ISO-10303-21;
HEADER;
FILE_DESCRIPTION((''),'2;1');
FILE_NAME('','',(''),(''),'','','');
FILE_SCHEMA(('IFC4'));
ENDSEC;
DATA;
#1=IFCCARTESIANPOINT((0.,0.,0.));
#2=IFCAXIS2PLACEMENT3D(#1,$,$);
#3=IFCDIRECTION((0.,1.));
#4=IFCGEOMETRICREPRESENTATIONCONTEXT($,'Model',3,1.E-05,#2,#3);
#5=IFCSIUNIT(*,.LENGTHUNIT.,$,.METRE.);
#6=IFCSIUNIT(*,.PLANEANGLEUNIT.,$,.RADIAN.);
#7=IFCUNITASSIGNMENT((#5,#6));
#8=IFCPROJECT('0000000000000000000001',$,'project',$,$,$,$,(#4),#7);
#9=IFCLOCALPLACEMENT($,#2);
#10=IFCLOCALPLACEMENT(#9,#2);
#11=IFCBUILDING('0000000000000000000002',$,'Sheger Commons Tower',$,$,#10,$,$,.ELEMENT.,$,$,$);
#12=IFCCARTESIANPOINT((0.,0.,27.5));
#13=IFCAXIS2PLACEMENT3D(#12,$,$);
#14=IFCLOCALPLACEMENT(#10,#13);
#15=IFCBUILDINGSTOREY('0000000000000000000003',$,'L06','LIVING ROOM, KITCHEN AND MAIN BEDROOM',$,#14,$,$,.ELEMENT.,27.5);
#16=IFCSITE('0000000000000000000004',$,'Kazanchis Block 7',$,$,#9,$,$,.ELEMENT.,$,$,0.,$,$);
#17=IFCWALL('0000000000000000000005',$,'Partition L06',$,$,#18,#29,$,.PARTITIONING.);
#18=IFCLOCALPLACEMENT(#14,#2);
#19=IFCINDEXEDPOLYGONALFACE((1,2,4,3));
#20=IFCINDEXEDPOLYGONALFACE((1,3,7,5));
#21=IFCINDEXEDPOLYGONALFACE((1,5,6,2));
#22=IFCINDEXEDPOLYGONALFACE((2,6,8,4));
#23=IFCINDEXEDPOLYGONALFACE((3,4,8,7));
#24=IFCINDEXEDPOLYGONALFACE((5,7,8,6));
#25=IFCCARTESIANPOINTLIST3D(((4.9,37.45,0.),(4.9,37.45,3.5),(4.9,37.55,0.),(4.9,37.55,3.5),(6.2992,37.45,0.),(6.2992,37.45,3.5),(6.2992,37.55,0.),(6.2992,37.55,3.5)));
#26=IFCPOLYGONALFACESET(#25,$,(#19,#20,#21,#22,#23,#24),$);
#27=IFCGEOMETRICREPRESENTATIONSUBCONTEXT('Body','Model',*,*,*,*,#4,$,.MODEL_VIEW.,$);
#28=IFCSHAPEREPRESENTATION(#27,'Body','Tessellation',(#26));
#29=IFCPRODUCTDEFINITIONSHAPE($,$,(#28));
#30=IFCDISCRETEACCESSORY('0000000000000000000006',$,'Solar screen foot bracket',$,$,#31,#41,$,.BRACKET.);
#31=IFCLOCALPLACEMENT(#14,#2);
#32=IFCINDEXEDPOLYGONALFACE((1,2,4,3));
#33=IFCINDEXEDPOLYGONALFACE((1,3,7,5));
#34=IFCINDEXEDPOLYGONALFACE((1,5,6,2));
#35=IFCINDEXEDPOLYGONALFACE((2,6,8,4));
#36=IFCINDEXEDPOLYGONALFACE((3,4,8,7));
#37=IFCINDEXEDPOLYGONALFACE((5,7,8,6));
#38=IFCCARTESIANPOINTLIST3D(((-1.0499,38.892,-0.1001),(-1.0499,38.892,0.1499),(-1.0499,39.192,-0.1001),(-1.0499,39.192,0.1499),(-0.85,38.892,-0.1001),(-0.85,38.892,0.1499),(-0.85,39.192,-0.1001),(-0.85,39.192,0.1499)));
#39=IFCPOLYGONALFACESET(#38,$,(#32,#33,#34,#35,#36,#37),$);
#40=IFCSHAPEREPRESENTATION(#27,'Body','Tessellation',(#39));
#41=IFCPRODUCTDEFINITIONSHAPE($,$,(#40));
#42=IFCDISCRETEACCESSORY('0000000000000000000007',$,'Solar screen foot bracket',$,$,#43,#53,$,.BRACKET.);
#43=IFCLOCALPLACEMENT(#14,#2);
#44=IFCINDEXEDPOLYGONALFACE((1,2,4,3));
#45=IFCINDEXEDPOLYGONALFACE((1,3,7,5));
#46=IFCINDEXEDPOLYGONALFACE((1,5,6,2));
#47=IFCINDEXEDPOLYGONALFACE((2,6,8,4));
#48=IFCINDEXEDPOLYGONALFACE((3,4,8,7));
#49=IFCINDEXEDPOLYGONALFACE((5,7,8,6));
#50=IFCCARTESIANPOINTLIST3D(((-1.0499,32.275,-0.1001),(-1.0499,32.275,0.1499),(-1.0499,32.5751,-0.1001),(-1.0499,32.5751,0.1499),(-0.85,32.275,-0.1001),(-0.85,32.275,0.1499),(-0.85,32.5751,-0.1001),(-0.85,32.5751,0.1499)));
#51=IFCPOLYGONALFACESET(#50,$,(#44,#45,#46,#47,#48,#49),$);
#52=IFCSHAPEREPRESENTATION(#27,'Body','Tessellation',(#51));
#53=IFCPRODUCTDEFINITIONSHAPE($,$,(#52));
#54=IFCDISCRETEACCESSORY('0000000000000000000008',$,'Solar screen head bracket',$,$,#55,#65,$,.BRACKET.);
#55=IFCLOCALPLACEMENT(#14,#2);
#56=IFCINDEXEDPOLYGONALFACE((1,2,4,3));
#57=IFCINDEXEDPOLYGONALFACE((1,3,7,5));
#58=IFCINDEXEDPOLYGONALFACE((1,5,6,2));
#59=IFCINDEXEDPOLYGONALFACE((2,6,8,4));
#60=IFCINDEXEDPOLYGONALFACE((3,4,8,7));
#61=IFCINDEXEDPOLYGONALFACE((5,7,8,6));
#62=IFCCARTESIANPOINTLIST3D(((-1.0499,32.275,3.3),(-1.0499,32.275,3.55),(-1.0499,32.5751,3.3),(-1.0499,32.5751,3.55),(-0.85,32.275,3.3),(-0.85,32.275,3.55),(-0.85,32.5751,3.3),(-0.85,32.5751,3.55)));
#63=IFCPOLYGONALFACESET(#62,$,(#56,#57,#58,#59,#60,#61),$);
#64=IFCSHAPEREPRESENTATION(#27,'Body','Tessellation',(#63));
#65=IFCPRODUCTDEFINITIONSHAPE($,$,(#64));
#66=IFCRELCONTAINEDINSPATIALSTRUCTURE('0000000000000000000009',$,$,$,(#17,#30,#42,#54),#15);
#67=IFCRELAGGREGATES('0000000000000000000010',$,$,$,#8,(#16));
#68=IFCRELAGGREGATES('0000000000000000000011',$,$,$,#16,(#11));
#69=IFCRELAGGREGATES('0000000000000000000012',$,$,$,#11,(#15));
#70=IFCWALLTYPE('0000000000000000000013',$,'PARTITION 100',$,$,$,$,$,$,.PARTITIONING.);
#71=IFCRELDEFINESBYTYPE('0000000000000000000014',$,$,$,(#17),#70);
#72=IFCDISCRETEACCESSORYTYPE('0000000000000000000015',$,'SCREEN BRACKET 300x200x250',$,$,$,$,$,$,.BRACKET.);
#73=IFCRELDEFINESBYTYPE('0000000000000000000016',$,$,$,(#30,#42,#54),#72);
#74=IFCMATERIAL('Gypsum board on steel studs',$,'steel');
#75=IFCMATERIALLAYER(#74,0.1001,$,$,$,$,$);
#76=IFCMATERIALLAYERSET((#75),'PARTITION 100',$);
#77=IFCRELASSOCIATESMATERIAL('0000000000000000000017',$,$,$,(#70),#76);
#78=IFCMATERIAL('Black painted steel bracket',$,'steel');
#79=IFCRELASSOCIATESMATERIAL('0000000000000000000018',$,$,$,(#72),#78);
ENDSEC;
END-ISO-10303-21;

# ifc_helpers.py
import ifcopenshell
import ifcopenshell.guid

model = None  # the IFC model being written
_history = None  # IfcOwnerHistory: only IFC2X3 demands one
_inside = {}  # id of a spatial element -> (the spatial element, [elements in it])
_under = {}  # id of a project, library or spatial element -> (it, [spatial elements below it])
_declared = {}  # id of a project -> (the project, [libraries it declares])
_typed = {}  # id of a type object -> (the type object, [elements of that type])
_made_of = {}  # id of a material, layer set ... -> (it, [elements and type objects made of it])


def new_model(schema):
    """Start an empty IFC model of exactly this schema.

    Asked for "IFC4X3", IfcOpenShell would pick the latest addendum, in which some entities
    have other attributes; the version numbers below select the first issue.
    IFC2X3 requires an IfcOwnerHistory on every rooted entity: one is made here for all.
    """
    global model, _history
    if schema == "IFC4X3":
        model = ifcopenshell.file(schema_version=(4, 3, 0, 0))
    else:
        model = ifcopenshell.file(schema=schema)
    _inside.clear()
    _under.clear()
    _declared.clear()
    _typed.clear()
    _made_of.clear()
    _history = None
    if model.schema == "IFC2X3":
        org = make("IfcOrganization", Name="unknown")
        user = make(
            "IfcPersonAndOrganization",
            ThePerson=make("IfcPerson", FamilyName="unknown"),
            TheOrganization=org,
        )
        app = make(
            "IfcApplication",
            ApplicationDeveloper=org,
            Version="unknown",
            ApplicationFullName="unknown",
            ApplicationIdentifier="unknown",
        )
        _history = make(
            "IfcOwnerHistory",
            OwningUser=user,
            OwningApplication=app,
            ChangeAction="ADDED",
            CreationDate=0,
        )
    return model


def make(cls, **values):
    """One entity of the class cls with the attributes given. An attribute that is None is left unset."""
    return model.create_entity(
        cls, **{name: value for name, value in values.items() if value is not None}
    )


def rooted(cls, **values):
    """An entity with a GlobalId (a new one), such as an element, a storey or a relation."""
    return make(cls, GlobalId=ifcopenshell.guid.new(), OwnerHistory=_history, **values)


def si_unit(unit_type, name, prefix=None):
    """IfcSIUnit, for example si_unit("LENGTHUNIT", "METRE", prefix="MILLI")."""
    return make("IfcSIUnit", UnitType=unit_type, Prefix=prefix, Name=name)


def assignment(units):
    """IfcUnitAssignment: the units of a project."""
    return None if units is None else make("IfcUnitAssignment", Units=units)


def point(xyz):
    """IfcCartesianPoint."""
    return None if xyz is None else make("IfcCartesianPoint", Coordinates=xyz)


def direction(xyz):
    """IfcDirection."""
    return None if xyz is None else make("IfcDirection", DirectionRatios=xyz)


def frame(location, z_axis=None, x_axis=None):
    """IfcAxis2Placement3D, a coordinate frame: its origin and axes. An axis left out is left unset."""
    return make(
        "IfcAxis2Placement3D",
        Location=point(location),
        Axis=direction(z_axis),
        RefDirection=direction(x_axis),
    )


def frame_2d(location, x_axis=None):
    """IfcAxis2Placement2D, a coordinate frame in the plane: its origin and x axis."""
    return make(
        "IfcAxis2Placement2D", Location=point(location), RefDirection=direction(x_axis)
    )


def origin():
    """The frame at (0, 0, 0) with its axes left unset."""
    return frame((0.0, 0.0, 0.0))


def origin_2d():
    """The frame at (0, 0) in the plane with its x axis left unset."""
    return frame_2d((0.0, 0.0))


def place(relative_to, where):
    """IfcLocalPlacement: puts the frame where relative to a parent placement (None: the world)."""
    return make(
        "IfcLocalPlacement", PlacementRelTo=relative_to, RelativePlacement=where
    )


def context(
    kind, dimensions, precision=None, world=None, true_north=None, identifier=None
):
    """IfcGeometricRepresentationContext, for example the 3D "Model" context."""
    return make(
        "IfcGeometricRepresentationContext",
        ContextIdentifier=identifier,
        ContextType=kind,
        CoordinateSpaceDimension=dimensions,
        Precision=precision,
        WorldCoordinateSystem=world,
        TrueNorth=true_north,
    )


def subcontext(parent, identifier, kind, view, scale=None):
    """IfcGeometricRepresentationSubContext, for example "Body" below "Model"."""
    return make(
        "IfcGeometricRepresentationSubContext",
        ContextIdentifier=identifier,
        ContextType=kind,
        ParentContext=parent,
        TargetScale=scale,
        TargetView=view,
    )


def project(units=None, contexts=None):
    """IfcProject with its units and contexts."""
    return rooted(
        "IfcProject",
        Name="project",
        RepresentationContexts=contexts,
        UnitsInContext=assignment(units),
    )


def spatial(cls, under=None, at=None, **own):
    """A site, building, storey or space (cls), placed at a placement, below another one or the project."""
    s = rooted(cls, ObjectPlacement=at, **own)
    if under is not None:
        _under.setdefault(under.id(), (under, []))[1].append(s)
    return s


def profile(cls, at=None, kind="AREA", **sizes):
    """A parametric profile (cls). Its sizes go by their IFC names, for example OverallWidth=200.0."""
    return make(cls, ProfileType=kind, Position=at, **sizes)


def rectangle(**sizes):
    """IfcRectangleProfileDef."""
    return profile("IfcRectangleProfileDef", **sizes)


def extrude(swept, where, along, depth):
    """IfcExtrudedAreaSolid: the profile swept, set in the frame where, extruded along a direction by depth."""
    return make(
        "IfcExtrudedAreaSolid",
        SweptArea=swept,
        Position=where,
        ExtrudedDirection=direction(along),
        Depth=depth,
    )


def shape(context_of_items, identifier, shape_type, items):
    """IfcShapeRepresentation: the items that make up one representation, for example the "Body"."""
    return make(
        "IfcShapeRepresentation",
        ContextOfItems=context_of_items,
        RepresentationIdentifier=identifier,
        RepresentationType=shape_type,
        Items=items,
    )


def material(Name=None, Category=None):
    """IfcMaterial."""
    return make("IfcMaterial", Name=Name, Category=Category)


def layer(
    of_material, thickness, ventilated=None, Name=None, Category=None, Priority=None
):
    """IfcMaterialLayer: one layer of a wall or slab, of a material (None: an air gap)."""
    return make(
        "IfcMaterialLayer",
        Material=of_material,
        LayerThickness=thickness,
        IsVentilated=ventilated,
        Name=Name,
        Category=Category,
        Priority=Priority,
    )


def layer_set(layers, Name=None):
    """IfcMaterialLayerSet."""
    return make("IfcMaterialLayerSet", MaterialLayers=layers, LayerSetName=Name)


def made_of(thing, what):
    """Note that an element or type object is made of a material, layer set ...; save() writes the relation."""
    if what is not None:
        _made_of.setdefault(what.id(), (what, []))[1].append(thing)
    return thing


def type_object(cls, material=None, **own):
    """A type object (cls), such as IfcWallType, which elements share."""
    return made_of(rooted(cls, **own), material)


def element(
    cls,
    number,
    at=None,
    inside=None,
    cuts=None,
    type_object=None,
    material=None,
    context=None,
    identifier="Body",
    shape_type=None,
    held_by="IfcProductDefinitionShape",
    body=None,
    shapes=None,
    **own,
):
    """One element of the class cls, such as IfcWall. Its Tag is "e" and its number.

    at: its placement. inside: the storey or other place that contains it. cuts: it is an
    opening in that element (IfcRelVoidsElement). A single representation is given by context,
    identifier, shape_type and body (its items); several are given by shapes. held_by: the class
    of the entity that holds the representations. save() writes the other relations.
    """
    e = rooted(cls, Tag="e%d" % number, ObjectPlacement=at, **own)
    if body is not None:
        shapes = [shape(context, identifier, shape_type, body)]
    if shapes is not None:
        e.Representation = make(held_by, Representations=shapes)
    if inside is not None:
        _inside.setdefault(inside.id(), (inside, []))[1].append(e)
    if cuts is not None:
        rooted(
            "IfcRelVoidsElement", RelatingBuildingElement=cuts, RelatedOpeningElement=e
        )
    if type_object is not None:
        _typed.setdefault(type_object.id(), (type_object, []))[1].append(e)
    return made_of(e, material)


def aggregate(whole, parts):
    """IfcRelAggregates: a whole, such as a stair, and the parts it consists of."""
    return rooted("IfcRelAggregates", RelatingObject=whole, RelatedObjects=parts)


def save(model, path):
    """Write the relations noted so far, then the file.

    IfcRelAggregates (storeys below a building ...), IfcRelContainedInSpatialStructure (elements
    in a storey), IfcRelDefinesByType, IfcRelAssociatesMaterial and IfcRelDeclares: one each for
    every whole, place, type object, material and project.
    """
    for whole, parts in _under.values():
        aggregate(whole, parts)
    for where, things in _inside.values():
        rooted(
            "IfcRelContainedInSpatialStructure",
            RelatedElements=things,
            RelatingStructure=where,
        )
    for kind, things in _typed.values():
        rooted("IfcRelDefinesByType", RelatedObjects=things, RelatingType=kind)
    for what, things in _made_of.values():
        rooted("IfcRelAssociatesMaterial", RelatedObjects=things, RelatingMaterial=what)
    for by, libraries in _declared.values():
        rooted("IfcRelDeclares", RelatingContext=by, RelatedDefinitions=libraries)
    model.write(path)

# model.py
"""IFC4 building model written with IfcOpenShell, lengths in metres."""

from ifc_helpers import new_model, si_unit, direction, frame, frame_2d, origin, origin_2d, place, context, subcontext, project, spatial, rectangle, extrude, material, layer, layer_set, type_object, element, save


model = new_model("IFC4")

# Units and contexts
model_context = context("Model", 3, precision=1e-05, world=origin(), true_north=direction((0.0, 1.0)))
body_context = subcontext(model_context, "Body", "Model", "MODEL_VIEW")
ifc_project = project(units=[si_unit("LENGTHUNIT", "METRE"), si_unit("PLANEANGLEUNIT", "RADIAN")], contexts=[model_context])

# Site, building, storey
site_placement = place(None, origin())
site = spatial("IfcSite", under=ifc_project, at=site_placement, Name="Kazanchis Block 7", CompositionType="ELEMENT", RefElevation=0.0)
building_placement = place(site_placement, origin())
building = spatial("IfcBuilding", under=site, at=building_placement, Name="Sheger Commons Tower", CompositionType="ELEMENT")
storey_placement = place(building_placement, frame((0.0, 0.0, 27.5)))
storey = spatial("IfcBuildingStorey", under=building, at=storey_placement, Name="L06", Description="LIVING ROOM, KITCHEN AND MAIN BEDROOM", CompositionType="ELEMENT", Elevation=27.5)

# Shared definitions
ifc_material_1 = material(Name="Gypsum board on steel studs", Category="steel")
ifc_layer_1 = layer(ifc_material_1, 0.1001)
ifc_layer_set_1 = layer_set([ifc_layer_1], Name="PARTITION 100")
wall_type_1 = type_object("IfcWallType", Name="PARTITION 100", PredefinedType="PARTITIONING", material=ifc_layer_set_1)

# Wall
wall_1_placement = place(storey_placement, frame((4.8999, 37.5, 0.0), z_axis=(0.0, 0.0, 1.0), x_axis=(1.0, 0.0, 0.0)))
element("IfcWall", 1, at=wall_1_placement, inside=storey, type_object=wall_type_1, Name="Partition L06", PredefinedType="PARTITIONING", context=body_context, shape_type="SweptSolid", body=[
    extrude(rectangle(XDim=1.3992, YDim=0.1001, at=frame_2d((0.6997, 0.0))), origin(), (0.0, 0.0, 1.0), 3.5),
])

# Discrete accessories
ifc_material_2 = material(Name="Black painted steel bracket", Category="steel")
discrete_accessory_type = type_object("IfcDiscreteAccessoryType", Name="SCREEN BRACKET 300x200x250", PredefinedType="BRACKET", material=ifc_material_2)
for number, where, z_axis, x_axis, name in (
    (2, (-0.95, 39.042, -0.1001), (0.0, 0.0, 1.0), (0.0, -1.0, 0.0), "Solar screen foot bracket"),
    (3, (-0.95, 32.425, -0.1001), (0.0, 0.0, 1.0), (0.0, -1.0, 0.0), "Solar screen foot bracket"),
    (4, (-0.95, 32.425, 3.3), (0.0, 0.0, 1.0), (0.0, -1.0, 0.0), "Solar screen head bracket"),
):
    element("IfcDiscreteAccessory", number, at=place(storey_placement, frame(where, z_axis=z_axis, x_axis=x_axis)), inside=storey, type_object=discrete_accessory_type, Name=name, PredefinedType="BRACKET", context=body_context, shape_type="SweptSolid", body=[
        extrude(rectangle(XDim=0.3, YDim=0.2, at=origin_2d()), origin(), (0.0, 0.0, 1.0), 0.25),
    ])

save(model, "model.ifc")
